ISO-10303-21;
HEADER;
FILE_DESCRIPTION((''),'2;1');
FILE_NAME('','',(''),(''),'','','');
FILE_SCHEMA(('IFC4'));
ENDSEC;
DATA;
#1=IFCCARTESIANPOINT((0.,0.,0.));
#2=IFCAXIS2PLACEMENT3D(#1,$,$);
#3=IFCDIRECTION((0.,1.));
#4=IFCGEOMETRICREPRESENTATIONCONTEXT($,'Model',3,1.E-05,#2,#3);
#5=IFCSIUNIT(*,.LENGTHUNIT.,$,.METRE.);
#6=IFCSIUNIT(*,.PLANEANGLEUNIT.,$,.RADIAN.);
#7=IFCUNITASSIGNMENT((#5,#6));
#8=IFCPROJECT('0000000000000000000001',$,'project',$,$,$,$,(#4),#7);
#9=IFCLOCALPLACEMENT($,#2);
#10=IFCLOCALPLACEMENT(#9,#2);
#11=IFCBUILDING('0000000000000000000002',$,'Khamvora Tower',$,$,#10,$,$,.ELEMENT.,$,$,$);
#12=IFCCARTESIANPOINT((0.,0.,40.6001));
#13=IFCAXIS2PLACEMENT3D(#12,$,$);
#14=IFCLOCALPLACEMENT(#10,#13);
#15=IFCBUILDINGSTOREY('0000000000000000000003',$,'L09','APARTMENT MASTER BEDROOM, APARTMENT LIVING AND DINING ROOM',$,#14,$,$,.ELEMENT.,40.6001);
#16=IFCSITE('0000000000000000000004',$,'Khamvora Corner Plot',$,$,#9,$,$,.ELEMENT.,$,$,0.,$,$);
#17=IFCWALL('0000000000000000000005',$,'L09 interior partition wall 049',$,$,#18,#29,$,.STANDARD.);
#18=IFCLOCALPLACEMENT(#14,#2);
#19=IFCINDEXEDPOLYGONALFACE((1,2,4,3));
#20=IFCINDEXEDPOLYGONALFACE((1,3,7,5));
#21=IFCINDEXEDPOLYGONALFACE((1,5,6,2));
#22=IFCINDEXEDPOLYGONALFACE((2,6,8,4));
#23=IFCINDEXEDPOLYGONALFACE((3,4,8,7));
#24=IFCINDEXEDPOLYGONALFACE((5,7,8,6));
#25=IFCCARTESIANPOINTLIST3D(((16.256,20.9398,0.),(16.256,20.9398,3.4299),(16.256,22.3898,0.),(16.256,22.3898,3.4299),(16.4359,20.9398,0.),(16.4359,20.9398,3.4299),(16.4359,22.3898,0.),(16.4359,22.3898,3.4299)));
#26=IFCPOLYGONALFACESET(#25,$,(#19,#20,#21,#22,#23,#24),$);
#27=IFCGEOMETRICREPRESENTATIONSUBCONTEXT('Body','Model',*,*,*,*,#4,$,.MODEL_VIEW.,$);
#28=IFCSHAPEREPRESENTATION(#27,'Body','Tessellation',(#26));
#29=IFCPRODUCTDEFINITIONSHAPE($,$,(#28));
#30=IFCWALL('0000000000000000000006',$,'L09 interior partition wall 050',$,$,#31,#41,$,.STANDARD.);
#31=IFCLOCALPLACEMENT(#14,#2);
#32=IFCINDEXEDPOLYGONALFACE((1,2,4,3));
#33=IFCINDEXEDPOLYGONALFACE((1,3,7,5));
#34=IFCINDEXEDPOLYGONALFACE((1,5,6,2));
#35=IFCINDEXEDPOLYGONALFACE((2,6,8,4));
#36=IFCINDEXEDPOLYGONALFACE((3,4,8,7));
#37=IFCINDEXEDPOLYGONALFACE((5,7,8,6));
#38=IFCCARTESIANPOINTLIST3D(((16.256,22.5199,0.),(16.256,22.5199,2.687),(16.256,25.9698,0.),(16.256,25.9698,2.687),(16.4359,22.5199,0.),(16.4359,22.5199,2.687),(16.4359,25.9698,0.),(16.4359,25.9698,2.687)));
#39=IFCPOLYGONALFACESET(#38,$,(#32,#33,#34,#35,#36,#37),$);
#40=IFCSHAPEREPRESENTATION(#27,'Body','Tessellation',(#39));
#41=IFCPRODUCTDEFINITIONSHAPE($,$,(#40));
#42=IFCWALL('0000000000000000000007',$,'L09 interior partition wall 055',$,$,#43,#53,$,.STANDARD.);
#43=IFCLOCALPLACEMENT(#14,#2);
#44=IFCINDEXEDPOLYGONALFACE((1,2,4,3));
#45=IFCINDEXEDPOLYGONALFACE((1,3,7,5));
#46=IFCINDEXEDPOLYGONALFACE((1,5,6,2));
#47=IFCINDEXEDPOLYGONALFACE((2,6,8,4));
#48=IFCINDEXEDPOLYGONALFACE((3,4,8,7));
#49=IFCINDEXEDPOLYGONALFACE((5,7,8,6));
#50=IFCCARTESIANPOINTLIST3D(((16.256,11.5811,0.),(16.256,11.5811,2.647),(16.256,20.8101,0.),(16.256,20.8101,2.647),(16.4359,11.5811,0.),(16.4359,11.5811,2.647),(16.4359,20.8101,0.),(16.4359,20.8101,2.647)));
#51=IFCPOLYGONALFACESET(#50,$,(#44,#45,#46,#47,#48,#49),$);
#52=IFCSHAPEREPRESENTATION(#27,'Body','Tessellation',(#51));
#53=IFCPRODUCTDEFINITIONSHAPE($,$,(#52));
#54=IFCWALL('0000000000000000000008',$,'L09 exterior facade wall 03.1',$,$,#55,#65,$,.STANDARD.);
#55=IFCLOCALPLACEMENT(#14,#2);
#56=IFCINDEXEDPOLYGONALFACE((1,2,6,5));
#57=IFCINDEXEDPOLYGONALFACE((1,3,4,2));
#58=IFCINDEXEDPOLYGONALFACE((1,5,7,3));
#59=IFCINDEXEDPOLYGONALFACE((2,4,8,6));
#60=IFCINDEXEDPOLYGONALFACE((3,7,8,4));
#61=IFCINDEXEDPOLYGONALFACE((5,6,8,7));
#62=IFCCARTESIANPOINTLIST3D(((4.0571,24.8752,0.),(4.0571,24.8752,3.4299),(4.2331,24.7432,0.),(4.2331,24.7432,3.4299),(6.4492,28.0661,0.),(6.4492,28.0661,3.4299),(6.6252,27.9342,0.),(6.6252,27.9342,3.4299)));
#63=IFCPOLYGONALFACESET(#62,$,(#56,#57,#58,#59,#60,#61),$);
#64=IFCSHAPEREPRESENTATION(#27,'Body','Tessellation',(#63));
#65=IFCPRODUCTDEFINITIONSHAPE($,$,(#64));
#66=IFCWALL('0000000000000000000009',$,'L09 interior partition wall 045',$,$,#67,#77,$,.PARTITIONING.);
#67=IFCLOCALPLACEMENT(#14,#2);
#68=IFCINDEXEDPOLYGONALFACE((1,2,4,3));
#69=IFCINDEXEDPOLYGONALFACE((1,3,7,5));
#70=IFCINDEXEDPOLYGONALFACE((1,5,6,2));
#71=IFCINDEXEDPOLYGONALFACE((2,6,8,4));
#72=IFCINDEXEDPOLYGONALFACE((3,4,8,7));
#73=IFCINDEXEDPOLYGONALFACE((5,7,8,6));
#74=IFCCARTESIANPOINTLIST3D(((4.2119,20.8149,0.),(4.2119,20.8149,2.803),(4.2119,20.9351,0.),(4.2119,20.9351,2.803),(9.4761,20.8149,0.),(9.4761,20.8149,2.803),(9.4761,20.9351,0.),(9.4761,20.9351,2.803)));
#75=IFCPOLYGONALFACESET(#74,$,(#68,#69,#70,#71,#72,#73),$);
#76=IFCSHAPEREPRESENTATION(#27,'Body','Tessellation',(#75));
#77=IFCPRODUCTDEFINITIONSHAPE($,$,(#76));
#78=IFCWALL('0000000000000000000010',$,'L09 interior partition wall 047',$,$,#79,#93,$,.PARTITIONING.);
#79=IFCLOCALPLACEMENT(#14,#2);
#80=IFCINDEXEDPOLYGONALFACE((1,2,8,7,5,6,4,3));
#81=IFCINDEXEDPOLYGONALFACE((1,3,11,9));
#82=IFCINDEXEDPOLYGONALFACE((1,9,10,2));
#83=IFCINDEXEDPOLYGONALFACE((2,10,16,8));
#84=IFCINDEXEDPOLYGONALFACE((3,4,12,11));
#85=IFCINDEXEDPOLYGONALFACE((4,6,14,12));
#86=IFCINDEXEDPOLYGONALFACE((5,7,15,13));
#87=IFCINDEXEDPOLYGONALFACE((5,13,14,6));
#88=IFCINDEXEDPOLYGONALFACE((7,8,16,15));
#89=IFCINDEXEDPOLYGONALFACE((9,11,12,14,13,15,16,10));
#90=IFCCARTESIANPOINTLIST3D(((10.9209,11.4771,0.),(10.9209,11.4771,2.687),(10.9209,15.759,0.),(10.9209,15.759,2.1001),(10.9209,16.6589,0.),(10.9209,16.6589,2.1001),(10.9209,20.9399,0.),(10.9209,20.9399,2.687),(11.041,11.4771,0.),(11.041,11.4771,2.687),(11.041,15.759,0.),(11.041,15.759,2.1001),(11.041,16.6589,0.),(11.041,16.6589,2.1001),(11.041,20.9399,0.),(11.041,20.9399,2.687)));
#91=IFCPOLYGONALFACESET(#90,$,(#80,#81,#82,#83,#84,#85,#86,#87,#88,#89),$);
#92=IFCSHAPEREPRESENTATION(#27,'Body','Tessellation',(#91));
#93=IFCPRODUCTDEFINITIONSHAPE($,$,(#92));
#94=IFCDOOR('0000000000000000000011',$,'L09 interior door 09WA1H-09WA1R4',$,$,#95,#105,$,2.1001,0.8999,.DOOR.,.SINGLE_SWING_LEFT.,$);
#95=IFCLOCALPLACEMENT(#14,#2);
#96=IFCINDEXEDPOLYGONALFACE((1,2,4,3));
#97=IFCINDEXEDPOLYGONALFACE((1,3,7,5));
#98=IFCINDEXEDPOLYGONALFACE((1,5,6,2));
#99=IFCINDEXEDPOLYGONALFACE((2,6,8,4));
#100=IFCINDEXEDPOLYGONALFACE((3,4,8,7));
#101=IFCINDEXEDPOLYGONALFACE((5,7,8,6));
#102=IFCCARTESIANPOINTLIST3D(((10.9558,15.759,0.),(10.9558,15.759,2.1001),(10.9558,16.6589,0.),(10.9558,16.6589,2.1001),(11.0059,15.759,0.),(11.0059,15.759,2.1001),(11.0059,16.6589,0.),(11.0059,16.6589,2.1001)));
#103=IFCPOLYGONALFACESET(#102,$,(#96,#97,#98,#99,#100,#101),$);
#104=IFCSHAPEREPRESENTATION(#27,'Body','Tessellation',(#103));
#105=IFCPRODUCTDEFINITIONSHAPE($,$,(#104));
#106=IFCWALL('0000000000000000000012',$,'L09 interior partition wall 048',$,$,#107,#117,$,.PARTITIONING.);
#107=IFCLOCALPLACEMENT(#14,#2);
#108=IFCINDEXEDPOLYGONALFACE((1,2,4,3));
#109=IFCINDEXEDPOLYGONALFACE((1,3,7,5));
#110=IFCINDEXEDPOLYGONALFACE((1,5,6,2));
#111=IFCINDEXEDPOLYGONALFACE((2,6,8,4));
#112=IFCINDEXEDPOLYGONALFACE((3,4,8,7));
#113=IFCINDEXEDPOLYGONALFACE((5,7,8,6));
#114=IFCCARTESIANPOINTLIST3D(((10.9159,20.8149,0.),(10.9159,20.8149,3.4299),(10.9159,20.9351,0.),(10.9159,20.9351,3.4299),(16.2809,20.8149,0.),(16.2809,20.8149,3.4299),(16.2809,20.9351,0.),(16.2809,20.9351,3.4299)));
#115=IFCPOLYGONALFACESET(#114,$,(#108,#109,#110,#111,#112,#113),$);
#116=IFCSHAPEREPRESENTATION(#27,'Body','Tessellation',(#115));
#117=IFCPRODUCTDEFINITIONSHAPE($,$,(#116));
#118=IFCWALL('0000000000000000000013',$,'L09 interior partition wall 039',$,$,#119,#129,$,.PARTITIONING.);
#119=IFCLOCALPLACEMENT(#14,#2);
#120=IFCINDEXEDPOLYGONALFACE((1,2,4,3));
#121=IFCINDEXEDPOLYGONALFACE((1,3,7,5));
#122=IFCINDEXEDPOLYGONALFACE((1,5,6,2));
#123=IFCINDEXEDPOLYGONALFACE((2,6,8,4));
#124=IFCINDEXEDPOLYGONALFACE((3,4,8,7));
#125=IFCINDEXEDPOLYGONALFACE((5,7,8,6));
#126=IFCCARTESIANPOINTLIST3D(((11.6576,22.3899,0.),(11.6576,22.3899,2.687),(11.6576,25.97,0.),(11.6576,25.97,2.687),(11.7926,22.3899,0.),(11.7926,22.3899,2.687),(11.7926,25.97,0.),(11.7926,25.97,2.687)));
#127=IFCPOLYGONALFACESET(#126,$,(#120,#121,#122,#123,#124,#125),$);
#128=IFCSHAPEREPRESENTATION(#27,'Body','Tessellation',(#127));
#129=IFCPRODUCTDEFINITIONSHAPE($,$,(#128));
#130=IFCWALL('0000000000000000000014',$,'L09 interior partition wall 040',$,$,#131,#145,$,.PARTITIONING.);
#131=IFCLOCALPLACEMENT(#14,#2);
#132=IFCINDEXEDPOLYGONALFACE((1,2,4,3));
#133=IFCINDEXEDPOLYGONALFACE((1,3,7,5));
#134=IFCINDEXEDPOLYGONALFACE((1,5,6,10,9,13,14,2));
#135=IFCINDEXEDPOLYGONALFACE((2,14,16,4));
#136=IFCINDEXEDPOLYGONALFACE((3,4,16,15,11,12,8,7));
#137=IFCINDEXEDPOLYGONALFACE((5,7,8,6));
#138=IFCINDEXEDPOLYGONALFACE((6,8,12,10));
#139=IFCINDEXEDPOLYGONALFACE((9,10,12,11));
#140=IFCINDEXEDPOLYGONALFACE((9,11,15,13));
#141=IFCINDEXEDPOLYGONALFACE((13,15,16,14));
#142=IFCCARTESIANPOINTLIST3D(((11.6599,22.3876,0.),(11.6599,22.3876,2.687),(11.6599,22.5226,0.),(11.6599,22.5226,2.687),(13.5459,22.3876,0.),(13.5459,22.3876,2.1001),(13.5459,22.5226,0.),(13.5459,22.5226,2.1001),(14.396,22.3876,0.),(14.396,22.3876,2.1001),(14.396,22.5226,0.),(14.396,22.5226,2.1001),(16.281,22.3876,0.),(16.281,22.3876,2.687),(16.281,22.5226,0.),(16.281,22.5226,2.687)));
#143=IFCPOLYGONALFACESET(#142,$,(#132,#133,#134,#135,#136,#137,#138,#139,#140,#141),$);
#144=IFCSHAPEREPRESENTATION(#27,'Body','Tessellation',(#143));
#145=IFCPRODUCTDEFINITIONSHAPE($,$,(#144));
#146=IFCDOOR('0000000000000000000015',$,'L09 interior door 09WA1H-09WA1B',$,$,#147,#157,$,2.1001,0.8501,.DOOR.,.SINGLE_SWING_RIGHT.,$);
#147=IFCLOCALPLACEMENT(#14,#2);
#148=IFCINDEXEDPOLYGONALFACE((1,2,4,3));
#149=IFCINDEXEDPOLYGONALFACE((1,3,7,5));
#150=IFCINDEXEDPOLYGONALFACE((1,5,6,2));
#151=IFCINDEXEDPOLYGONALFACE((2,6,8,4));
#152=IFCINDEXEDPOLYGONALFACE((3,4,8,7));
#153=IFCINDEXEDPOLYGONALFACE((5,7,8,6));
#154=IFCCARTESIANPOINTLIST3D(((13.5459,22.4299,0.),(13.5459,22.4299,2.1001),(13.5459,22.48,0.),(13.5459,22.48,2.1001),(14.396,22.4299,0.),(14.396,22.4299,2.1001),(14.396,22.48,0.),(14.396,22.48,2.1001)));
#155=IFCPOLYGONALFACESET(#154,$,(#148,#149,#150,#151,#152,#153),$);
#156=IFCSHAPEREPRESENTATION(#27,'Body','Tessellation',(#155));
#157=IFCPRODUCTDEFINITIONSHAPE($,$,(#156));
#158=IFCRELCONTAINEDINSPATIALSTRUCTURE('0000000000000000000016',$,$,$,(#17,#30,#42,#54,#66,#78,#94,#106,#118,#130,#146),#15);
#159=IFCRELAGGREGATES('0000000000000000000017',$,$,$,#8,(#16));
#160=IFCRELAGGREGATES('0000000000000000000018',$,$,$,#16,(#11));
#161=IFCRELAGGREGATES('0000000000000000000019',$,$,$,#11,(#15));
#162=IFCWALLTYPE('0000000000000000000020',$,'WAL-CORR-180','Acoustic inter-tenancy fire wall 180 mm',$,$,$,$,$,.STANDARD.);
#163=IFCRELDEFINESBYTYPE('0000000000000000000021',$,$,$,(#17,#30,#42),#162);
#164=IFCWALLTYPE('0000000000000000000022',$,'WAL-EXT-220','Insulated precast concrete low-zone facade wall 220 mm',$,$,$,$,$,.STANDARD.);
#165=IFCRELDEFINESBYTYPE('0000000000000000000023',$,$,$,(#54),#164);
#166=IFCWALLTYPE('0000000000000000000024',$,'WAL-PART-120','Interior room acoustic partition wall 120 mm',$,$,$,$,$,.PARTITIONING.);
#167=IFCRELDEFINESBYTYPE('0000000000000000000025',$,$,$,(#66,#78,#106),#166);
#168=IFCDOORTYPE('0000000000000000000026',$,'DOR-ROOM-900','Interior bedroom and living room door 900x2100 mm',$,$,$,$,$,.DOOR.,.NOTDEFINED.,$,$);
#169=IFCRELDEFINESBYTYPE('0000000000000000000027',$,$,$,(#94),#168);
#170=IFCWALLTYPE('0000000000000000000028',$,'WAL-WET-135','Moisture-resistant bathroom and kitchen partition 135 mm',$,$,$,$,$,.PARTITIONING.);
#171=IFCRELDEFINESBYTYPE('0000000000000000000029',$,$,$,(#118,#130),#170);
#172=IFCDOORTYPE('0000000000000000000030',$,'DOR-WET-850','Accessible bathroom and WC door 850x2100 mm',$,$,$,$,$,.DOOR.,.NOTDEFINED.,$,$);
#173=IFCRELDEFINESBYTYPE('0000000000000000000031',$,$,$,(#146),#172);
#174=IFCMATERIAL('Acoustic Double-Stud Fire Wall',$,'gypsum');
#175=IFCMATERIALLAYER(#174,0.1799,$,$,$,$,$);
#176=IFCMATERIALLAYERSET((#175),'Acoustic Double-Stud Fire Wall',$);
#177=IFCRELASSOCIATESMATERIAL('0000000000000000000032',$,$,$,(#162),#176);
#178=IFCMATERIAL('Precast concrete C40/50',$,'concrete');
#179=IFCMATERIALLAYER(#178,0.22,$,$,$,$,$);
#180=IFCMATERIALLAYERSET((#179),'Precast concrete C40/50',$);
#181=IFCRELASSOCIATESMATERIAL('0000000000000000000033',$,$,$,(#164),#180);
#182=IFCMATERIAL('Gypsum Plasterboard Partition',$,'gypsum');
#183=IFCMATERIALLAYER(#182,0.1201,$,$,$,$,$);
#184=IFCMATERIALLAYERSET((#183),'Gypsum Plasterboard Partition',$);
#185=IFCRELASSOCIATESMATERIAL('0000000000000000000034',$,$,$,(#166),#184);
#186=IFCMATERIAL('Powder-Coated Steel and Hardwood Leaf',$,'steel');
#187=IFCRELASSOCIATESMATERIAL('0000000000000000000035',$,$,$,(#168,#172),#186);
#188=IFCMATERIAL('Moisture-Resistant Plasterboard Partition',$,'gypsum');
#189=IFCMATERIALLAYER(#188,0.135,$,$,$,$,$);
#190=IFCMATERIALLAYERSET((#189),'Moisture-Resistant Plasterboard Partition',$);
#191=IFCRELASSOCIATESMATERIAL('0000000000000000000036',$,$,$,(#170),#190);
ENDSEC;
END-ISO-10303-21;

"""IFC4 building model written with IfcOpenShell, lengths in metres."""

from ifc_helpers import new_model, si_unit, direction, frame, frame_2d, origin, place, context, subcontext, project, spatial, rectangle, extrude, material, layer, layer_set, type_object, element, fill, save


model = new_model("IFC4")

# Units and contexts
model_context = context("Model", 3, precision=1e-05, world=origin(), true_north=direction((0.0, 1.0)))
body_context = subcontext(model_context, "Body", "Model", "MODEL_VIEW")
ifc_project = project(units=[si_unit("LENGTHUNIT", "METRE"), si_unit("PLANEANGLEUNIT", "RADIAN")], contexts=[model_context])

# Site, building, storey
site_placement = place(None, origin())
site = spatial("IfcSite", under=ifc_project, at=site_placement, Name="Khamvora Corner Plot", CompositionType="ELEMENT", RefElevation=0.0)
building_placement = place(site_placement, origin())
building = spatial("IfcBuilding", under=site, at=building_placement, Name="Khamvora Tower", CompositionType="ELEMENT")
storey_placement = place(building_placement, frame((0.0, 0.0, 40.6001)))
storey = spatial("IfcBuildingStorey", under=building, at=storey_placement, Name="L09", Description="APARTMENT MASTER BEDROOM, APARTMENT LIVING AND DINING ROOM", CompositionType="ELEMENT", Elevation=40.6001)

# Shared definitions
ifc_material_1 = material(Name="Powder-Coated Steel and Hardwood Leaf", Category="steel")

# Walls
ifc_material_2 = material(Name="Acoustic Double-Stud Fire Wall", Category="gypsum")
ifc_layer_1 = layer(ifc_material_2, 0.1799)
ifc_layer_set_1 = layer_set([ifc_layer_1], Name="Acoustic Double-Stud Fire Wall")
wall_type_1 = type_object("IfcWallType", Name="WAL-CORR-180", Description="Acoustic inter-tenancy fire wall 180 mm", PredefinedType="STANDARD", material=ifc_layer_set_1)
wall_1_placement = place(storey_placement, frame((16.3459, 22.3899, 0.0), z_axis=(0.0, 0.0, 1.0), x_axis=(0.0, -1.0, 0.0)))
element("IfcWall", 1, at=wall_1_placement, inside=storey, type_object=wall_type_1, Name="L09 interior partition wall 049", PredefinedType="STANDARD", context=body_context, shape_type="SweptSolid", body=[
    extrude(rectangle(XDim=1.45, YDim=0.1799, at=frame_2d((0.7251, 0.0))), origin(), (0.0, 0.0, 1.0), 3.4299),
])
wall_2_placement = place(storey_placement, frame((16.3459, 25.97, 0.0), z_axis=(0.0, 0.0, 1.0), x_axis=(0.0, -1.0, 0.0)))
element("IfcWall", 2, at=wall_2_placement, inside=storey, type_object=wall_type_1, Name="L09 interior partition wall 050", PredefinedType="STANDARD", context=body_context, shape_type="SweptSolid", body=[
    extrude(rectangle(XDim=3.45, YDim=0.1799, at=frame_2d((1.7251, 0.0))), origin(), (0.0, 0.0, 1.0), 2.687),
])
wall_3_placement = place(storey_placement, frame((16.3459, 20.8101, 0.0), z_axis=(0.0, 0.0, 1.0), x_axis=(0.0, -1.0, 0.0)))
element("IfcWall", 3, at=wall_3_placement, inside=storey, type_object=wall_type_1, Name="L09 interior partition wall 055", PredefinedType="STANDARD", context=body_context, shape_type="SweptSolid", body=[
    extrude(rectangle(XDim=9.229, YDim=0.1799, at=frame_2d((4.6145, 0.0))), origin(), (0.0, 0.0, 1.0), 2.647),
])
ifc_material_3 = material(Name="Precast concrete C40/50", Category="concrete")
ifc_layer_2 = layer(ifc_material_3, 0.22)
ifc_layer_set_2 = layer_set([ifc_layer_2], Name="Precast concrete C40/50")
wall_type_2 = type_object("IfcWallType", Name="WAL-EXT-220", Description="Insulated precast concrete low-zone facade wall 220 mm", PredefinedType="STANDARD", material=ifc_layer_set_2)
wall_4_placement = place(storey_placement, frame((4.145, 24.8091, 0.0), z_axis=(0.0, 0.0, 1.0), x_axis=(0.599824, 0.800132, 0.0)))
element("IfcWall", 4, at=wall_4_placement, inside=storey, type_object=wall_type_2, Name="L09 exterior facade wall 03.1", PredefinedType="STANDARD", context=body_context, shape_type="SweptSolid", body=[
    extrude(rectangle(XDim=3.988, YDim=0.22, at=frame_2d((1.9941, 0.0))), origin(), (0.0, 0.0, 1.0), 3.4299),
])
ifc_material_4 = material(Name="Gypsum Plasterboard Partition", Category="gypsum")
ifc_layer_3 = layer(ifc_material_4, 0.1201)
ifc_layer_set_3 = layer_set([ifc_layer_3], Name="Gypsum Plasterboard Partition")
wall_type_3 = type_object("IfcWallType", Name="WAL-PART-120", Description="Interior room acoustic partition wall 120 mm", PredefinedType="PARTITIONING", material=ifc_layer_set_3)
wall_5_placement = place(storey_placement, frame((9.4761, 20.875, 0.0), z_axis=(0.0, 0.0, 1.0), x_axis=(-1.0, 0.0, 0.0)))
element("IfcWall", 5, at=wall_5_placement, inside=storey, type_object=wall_type_3, Name="L09 interior partition wall 045", PredefinedType="PARTITIONING", context=body_context, shape_type="SweptSolid", body=[
    extrude(rectangle(XDim=5.2642, YDim=0.1201, at=frame_2d((2.6321, 0.0))), origin(), (0.0, 0.0, 1.0), 2.803),
])

# Wall, opening, door
wall_6_placement = place(storey_placement, frame((10.981, 20.9399, 0.0), z_axis=(0.0, 0.0, 1.0), x_axis=(0.0, -1.0, 0.0)))
wall_6 = element("IfcWall", 6, at=wall_6_placement, inside=storey, type_object=wall_type_3, Name="L09 interior partition wall 047", PredefinedType="PARTITIONING", context=body_context, shape_type="SweptSolid", body=[
    extrude(rectangle(XDim=9.4629, YDim=0.1201, at=frame_2d((4.7314, 0.0))), origin(), (0.0, 0.0, 1.0), 2.687),
])
opening_1_placement = place(wall_6_placement, frame((4.281, 0.0, 0.0)))
opening_1 = element("IfcOpeningElement", 7, at=opening_1_placement, cuts=wall_6, PredefinedType="OPENING", context=body_context, shape_type="SweptSolid", body=[
    extrude(rectangle(XDim=0.8999, YDim=2.1001, at=frame_2d((0.45, 1.05))), frame((0.0, 0.0701, 0.0), z_axis=(0.0, -1.0, 0.0), x_axis=(1.0, 0.0, 0.0)), (0.0, 0.0, 1.0), 0.1401),
])
door_type_1 = type_object("IfcDoorType", Name="DOR-ROOM-900", Description="Interior bedroom and living room door 900x2100 mm", OperationType="NOTDEFINED", PredefinedType="DOOR", material=ifc_material_1)
door_1_placement = place(opening_1_placement, origin())
door_1 = element("IfcDoor", 8, at=door_1_placement, inside=storey, type_object=door_type_1, Name="L09 interior door 09WA1H-09WA1R4", OperationType="SINGLE_SWING_LEFT", OverallHeight=2.1001, OverallWidth=0.8999, PredefinedType="DOOR", context=body_context, shape_type="SweptSolid", body=[
    extrude(rectangle(XDim=0.8999, YDim=2.1001, at=frame_2d((0.45, 1.05))), frame((0.0, 0.0249, 0.0), z_axis=(0.0, -1.0, 0.0), x_axis=(1.0, 0.0, 0.0)), (0.0, 0.0, 1.0), 0.05),
])
fill(opening_1, door_1)

# Walls
wall_7_placement = place(storey_placement, frame((16.281, 20.875, 0.0), z_axis=(0.0, 0.0, 1.0), x_axis=(-1.0, 0.0, 0.0)))
element("IfcWall", 9, at=wall_7_placement, inside=storey, type_object=wall_type_3, Name="L09 interior partition wall 048", PredefinedType="PARTITIONING", context=body_context, shape_type="SweptSolid", body=[
    extrude(rectangle(XDim=5.365, YDim=0.1201, at=frame_2d((2.6826, 0.0))), origin(), (0.0, 0.0, 1.0), 3.4299),
])
ifc_material_5 = material(Name="Moisture-Resistant Plasterboard Partition", Category="gypsum")
ifc_layer_4 = layer(ifc_material_5, 0.135)
ifc_layer_set_4 = layer_set([ifc_layer_4], Name="Moisture-Resistant Plasterboard Partition")
wall_type_4 = type_object("IfcWallType", Name="WAL-WET-135", Description="Moisture-resistant bathroom and kitchen partition 135 mm", PredefinedType="PARTITIONING", material=ifc_layer_set_4)
wall_8_placement = place(storey_placement, frame((11.7251, 25.97, 0.0), z_axis=(0.0, 0.0, 1.0), x_axis=(0.0, -1.0, 0.0)))
element("IfcWall", 10, at=wall_8_placement, inside=storey, type_object=wall_type_4, Name="L09 interior partition wall 039", PredefinedType="PARTITIONING", context=body_context, shape_type="SweptSolid", body=[
    extrude(rectangle(XDim=3.5801, YDim=0.135, at=frame_2d((1.79, 0.0))), origin(), (0.0, 0.0, 1.0), 2.687),
])

# Wall, opening, door
wall_9_placement = place(storey_placement, frame((11.6599, 22.4551, 0.0), z_axis=(0.0, 0.0, 1.0), x_axis=(1.0, 0.0, 0.0)))
wall_9 = element("IfcWall", 11, at=wall_9_placement, inside=storey, type_object=wall_type_4, Name="L09 interior partition wall 040", PredefinedType="PARTITIONING", context=body_context, shape_type="SweptSolid", body=[
    extrude(rectangle(XDim=4.6211, YDim=0.135, at=frame_2d((2.3105, 0.0))), origin(), (0.0, 0.0, 1.0), 2.687),
])
opening_2_placement = place(wall_9_placement, frame((1.886, 0.0, 0.0)))
opening_2 = element("IfcOpeningElement", 12, at=opening_2_placement, cuts=wall_9, PredefinedType="OPENING", context=body_context, shape_type="SweptSolid", body=[
    extrude(rectangle(XDim=0.8501, YDim=2.1001, at=frame_2d((0.425, 1.05))), frame((0.0, 0.0774, 0.0), z_axis=(0.0, -1.0, 0.0), x_axis=(1.0, 0.0, 0.0)), (0.0, 0.0, 1.0), 0.155),
])
door_type_2 = type_object("IfcDoorType", Name="DOR-WET-850", Description="Accessible bathroom and WC door 850x2100 mm", OperationType="NOTDEFINED", PredefinedType="DOOR", material=ifc_material_1)
door_2_placement = place(opening_2_placement, origin())
door_2 = element("IfcDoor", 13, at=door_2_placement, inside=storey, type_object=door_type_2, Name="L09 interior door 09WA1H-09WA1B", OperationType="SINGLE_SWING_RIGHT", OverallHeight=2.1001, OverallWidth=0.8501, PredefinedType="DOOR", context=body_context, shape_type="SweptSolid", body=[
    extrude(rectangle(XDim=0.8501, YDim=2.1001, at=frame_2d((0.425, 1.05))), frame((0.0, 0.0249, 0.0), z_axis=(0.0, -1.0, 0.0), x_axis=(1.0, 0.0, 0.0)), (0.0, 0.0, 1.0), 0.05),
])
fill(opening_2, door_2)

save(model, "model.ifc")
